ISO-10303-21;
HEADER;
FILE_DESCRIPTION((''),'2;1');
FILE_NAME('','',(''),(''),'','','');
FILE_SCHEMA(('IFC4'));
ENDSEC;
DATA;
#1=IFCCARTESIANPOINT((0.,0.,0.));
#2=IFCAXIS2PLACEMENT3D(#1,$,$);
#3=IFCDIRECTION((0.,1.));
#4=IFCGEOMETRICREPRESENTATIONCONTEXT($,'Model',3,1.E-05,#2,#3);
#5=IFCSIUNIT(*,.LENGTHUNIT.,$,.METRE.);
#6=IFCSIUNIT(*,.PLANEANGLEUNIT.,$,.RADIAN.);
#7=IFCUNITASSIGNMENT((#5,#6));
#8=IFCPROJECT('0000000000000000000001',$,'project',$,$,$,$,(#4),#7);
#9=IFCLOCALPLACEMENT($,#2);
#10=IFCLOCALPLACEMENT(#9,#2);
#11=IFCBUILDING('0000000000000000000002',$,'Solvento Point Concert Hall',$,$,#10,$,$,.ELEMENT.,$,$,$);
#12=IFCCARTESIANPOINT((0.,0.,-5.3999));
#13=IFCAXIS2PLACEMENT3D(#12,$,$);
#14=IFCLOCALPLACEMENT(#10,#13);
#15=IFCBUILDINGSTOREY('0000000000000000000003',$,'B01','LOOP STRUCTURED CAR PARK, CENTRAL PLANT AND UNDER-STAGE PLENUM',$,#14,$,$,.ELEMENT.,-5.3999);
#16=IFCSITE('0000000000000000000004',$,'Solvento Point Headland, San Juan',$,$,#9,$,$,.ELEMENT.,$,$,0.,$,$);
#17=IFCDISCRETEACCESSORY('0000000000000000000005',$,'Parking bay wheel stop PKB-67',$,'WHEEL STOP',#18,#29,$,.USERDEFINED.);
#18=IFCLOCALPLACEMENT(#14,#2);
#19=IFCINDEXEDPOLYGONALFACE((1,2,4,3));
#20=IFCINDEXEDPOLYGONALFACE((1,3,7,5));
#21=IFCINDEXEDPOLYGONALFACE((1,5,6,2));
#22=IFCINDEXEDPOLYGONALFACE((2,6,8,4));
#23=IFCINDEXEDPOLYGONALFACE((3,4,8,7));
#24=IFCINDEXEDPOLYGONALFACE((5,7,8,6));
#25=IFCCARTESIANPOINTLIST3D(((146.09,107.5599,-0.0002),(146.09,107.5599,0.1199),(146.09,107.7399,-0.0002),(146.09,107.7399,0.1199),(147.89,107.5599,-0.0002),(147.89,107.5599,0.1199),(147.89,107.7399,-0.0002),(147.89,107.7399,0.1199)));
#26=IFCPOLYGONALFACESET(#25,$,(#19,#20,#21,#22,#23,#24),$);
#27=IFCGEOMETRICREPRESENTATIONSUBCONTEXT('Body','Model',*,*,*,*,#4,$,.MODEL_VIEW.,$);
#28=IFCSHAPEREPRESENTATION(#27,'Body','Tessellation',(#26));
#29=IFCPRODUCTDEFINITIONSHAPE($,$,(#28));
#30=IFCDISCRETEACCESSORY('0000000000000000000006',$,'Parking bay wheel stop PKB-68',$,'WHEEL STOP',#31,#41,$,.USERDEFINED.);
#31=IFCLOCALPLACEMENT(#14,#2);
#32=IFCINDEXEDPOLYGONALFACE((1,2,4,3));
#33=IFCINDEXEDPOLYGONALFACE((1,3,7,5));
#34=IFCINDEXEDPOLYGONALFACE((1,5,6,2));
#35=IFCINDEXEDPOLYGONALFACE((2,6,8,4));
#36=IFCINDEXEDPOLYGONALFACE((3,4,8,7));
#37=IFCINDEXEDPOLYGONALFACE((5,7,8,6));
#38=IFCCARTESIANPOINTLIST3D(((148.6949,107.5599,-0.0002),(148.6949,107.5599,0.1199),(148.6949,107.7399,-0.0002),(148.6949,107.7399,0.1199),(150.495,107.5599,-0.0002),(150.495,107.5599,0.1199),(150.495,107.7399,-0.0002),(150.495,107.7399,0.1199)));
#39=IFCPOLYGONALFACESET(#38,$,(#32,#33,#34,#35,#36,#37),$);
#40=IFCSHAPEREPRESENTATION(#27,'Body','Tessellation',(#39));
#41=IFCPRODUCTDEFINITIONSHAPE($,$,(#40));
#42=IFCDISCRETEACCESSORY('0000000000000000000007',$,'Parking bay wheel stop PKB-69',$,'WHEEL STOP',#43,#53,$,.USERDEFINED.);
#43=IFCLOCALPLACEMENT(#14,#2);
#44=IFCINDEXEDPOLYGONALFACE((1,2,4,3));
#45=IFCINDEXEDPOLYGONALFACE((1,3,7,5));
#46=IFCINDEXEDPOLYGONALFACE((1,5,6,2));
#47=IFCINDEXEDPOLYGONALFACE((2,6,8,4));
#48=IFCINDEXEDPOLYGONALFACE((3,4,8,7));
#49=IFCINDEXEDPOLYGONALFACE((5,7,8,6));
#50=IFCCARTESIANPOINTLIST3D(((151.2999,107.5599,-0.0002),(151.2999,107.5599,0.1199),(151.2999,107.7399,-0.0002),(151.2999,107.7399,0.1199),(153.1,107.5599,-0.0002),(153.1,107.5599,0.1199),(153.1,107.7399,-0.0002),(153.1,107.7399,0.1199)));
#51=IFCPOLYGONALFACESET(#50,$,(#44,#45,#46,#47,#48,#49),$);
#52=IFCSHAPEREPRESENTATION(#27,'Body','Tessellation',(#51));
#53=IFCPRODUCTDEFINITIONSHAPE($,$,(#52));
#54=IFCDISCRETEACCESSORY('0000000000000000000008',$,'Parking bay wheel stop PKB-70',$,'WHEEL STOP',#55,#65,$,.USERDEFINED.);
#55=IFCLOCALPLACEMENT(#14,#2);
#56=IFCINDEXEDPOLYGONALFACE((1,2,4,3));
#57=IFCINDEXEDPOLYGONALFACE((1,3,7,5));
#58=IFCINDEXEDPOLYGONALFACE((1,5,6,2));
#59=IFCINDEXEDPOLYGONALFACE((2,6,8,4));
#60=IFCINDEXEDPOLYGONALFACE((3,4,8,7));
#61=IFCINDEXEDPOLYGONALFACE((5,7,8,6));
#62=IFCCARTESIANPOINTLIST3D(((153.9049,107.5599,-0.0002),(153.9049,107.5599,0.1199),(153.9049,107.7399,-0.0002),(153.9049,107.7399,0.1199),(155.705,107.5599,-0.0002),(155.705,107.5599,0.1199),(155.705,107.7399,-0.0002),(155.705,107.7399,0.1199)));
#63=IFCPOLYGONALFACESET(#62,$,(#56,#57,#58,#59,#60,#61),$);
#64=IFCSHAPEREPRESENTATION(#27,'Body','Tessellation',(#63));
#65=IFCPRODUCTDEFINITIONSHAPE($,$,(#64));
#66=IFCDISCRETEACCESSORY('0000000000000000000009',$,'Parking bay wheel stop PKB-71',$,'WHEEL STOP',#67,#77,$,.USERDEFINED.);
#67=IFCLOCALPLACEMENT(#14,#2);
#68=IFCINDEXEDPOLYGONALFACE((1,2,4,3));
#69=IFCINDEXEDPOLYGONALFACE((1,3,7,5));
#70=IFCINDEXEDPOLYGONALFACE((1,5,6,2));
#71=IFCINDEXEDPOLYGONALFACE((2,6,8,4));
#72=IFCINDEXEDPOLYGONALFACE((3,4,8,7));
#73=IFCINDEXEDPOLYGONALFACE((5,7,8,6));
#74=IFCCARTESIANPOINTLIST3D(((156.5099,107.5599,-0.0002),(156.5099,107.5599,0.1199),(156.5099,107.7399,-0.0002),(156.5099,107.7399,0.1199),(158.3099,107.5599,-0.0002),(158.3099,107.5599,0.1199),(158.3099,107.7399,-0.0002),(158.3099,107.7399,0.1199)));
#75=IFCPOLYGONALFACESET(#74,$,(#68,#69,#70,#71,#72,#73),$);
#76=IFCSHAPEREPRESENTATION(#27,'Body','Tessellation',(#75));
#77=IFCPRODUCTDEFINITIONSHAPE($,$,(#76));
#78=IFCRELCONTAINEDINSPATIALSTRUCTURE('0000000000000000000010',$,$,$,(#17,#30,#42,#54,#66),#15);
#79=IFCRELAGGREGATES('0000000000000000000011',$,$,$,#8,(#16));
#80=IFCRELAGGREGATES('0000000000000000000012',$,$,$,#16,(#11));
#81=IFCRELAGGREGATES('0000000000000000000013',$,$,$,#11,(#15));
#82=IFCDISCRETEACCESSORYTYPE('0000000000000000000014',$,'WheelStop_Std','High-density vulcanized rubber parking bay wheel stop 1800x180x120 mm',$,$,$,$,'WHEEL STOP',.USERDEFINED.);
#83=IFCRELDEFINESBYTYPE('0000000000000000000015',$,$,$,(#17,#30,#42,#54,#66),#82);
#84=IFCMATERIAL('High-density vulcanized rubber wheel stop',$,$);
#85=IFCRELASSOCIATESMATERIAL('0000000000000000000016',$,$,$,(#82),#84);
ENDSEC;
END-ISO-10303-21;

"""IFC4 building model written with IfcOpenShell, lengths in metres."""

from ifc_helpers import new_model, si_unit, direction, frame, origin, origin_2d, place, context, subcontext, project, spatial, rectangle, extrude, material, type_object, element, save


model = new_model("IFC4")

# Units and contexts
model_context = context("Model", 3, precision=1e-05, world=origin(), true_north=direction((0.0, 1.0)))
body_context = subcontext(model_context, "Body", "Model", "MODEL_VIEW")
ifc_project = project(units=[si_unit("LENGTHUNIT", "METRE"), si_unit("PLANEANGLEUNIT", "RADIAN")], contexts=[model_context])

# Site, building, storey
site_placement = place(None, origin())
site = spatial("IfcSite", under=ifc_project, at=site_placement, Name="Solvento Point Headland, San Juan", CompositionType="ELEMENT", RefElevation=0.0)
building_placement = place(site_placement, origin())
building = spatial("IfcBuilding", under=site, at=building_placement, Name="Solvento Point Concert Hall", CompositionType="ELEMENT")
storey_placement = place(building_placement, frame((0.0, 0.0, -5.3999)))
storey = spatial("IfcBuildingStorey", under=building, at=storey_placement, Name="B01", Description="LOOP STRUCTURED CAR PARK, CENTRAL PLANT AND UNDER-STAGE PLENUM", CompositionType="ELEMENT", Elevation=-5.3999)

# Discrete accessories
ifc_material_1 = material(Name="High-density vulcanized rubber wheel stop")
discrete_accessory_type_1 = type_object("IfcDiscreteAccessoryType", Name="WheelStop_Std", Description="High-density vulcanized rubber parking bay wheel stop 1800x180x120 mm", ElementType="WHEEL STOP", PredefinedType="USERDEFINED", material=ifc_material_1)
for number, where, z_axis, x_axis, name in (
    (1, (146.99, 107.6499, -0.0002), (0.0, 0.0, 1.0), (1.0, 0.0, 0.0), "Parking bay wheel stop PKB-67"),
    (2, (149.595, 107.6499, -0.0002), (0.0, 0.0, 1.0), (1.0, 0.0, 0.0), "Parking bay wheel stop PKB-68"),
    (3, (152.2, 107.6499, -0.0002), (0.0, 0.0, 1.0), (1.0, 0.0, 0.0), "Parking bay wheel stop PKB-69"),
    (4, (154.8049, 107.6499, -0.0002), (0.0, 0.0, 1.0), (1.0, 0.0, 0.0), "Parking bay wheel stop PKB-70"),
    (5, (157.4099, 107.6499, -0.0002), (0.0, 0.0, 1.0), (1.0, 0.0, 0.0), "Parking bay wheel stop PKB-71"),
):
    element("IfcDiscreteAccessory", number, at=place(storey_placement, frame(where, z_axis=z_axis, x_axis=x_axis)), inside=storey, type_object=discrete_accessory_type_1, Name=name, ObjectType="WHEEL STOP", PredefinedType="USERDEFINED", context=body_context, shape_type="SweptSolid", body=[
        extrude(rectangle(XDim=1.8, YDim=0.1799, at=origin_2d()), origin(), (0.0, 0.0, 1.0), 0.1201),
    ])

save(model, "model.ifc")
